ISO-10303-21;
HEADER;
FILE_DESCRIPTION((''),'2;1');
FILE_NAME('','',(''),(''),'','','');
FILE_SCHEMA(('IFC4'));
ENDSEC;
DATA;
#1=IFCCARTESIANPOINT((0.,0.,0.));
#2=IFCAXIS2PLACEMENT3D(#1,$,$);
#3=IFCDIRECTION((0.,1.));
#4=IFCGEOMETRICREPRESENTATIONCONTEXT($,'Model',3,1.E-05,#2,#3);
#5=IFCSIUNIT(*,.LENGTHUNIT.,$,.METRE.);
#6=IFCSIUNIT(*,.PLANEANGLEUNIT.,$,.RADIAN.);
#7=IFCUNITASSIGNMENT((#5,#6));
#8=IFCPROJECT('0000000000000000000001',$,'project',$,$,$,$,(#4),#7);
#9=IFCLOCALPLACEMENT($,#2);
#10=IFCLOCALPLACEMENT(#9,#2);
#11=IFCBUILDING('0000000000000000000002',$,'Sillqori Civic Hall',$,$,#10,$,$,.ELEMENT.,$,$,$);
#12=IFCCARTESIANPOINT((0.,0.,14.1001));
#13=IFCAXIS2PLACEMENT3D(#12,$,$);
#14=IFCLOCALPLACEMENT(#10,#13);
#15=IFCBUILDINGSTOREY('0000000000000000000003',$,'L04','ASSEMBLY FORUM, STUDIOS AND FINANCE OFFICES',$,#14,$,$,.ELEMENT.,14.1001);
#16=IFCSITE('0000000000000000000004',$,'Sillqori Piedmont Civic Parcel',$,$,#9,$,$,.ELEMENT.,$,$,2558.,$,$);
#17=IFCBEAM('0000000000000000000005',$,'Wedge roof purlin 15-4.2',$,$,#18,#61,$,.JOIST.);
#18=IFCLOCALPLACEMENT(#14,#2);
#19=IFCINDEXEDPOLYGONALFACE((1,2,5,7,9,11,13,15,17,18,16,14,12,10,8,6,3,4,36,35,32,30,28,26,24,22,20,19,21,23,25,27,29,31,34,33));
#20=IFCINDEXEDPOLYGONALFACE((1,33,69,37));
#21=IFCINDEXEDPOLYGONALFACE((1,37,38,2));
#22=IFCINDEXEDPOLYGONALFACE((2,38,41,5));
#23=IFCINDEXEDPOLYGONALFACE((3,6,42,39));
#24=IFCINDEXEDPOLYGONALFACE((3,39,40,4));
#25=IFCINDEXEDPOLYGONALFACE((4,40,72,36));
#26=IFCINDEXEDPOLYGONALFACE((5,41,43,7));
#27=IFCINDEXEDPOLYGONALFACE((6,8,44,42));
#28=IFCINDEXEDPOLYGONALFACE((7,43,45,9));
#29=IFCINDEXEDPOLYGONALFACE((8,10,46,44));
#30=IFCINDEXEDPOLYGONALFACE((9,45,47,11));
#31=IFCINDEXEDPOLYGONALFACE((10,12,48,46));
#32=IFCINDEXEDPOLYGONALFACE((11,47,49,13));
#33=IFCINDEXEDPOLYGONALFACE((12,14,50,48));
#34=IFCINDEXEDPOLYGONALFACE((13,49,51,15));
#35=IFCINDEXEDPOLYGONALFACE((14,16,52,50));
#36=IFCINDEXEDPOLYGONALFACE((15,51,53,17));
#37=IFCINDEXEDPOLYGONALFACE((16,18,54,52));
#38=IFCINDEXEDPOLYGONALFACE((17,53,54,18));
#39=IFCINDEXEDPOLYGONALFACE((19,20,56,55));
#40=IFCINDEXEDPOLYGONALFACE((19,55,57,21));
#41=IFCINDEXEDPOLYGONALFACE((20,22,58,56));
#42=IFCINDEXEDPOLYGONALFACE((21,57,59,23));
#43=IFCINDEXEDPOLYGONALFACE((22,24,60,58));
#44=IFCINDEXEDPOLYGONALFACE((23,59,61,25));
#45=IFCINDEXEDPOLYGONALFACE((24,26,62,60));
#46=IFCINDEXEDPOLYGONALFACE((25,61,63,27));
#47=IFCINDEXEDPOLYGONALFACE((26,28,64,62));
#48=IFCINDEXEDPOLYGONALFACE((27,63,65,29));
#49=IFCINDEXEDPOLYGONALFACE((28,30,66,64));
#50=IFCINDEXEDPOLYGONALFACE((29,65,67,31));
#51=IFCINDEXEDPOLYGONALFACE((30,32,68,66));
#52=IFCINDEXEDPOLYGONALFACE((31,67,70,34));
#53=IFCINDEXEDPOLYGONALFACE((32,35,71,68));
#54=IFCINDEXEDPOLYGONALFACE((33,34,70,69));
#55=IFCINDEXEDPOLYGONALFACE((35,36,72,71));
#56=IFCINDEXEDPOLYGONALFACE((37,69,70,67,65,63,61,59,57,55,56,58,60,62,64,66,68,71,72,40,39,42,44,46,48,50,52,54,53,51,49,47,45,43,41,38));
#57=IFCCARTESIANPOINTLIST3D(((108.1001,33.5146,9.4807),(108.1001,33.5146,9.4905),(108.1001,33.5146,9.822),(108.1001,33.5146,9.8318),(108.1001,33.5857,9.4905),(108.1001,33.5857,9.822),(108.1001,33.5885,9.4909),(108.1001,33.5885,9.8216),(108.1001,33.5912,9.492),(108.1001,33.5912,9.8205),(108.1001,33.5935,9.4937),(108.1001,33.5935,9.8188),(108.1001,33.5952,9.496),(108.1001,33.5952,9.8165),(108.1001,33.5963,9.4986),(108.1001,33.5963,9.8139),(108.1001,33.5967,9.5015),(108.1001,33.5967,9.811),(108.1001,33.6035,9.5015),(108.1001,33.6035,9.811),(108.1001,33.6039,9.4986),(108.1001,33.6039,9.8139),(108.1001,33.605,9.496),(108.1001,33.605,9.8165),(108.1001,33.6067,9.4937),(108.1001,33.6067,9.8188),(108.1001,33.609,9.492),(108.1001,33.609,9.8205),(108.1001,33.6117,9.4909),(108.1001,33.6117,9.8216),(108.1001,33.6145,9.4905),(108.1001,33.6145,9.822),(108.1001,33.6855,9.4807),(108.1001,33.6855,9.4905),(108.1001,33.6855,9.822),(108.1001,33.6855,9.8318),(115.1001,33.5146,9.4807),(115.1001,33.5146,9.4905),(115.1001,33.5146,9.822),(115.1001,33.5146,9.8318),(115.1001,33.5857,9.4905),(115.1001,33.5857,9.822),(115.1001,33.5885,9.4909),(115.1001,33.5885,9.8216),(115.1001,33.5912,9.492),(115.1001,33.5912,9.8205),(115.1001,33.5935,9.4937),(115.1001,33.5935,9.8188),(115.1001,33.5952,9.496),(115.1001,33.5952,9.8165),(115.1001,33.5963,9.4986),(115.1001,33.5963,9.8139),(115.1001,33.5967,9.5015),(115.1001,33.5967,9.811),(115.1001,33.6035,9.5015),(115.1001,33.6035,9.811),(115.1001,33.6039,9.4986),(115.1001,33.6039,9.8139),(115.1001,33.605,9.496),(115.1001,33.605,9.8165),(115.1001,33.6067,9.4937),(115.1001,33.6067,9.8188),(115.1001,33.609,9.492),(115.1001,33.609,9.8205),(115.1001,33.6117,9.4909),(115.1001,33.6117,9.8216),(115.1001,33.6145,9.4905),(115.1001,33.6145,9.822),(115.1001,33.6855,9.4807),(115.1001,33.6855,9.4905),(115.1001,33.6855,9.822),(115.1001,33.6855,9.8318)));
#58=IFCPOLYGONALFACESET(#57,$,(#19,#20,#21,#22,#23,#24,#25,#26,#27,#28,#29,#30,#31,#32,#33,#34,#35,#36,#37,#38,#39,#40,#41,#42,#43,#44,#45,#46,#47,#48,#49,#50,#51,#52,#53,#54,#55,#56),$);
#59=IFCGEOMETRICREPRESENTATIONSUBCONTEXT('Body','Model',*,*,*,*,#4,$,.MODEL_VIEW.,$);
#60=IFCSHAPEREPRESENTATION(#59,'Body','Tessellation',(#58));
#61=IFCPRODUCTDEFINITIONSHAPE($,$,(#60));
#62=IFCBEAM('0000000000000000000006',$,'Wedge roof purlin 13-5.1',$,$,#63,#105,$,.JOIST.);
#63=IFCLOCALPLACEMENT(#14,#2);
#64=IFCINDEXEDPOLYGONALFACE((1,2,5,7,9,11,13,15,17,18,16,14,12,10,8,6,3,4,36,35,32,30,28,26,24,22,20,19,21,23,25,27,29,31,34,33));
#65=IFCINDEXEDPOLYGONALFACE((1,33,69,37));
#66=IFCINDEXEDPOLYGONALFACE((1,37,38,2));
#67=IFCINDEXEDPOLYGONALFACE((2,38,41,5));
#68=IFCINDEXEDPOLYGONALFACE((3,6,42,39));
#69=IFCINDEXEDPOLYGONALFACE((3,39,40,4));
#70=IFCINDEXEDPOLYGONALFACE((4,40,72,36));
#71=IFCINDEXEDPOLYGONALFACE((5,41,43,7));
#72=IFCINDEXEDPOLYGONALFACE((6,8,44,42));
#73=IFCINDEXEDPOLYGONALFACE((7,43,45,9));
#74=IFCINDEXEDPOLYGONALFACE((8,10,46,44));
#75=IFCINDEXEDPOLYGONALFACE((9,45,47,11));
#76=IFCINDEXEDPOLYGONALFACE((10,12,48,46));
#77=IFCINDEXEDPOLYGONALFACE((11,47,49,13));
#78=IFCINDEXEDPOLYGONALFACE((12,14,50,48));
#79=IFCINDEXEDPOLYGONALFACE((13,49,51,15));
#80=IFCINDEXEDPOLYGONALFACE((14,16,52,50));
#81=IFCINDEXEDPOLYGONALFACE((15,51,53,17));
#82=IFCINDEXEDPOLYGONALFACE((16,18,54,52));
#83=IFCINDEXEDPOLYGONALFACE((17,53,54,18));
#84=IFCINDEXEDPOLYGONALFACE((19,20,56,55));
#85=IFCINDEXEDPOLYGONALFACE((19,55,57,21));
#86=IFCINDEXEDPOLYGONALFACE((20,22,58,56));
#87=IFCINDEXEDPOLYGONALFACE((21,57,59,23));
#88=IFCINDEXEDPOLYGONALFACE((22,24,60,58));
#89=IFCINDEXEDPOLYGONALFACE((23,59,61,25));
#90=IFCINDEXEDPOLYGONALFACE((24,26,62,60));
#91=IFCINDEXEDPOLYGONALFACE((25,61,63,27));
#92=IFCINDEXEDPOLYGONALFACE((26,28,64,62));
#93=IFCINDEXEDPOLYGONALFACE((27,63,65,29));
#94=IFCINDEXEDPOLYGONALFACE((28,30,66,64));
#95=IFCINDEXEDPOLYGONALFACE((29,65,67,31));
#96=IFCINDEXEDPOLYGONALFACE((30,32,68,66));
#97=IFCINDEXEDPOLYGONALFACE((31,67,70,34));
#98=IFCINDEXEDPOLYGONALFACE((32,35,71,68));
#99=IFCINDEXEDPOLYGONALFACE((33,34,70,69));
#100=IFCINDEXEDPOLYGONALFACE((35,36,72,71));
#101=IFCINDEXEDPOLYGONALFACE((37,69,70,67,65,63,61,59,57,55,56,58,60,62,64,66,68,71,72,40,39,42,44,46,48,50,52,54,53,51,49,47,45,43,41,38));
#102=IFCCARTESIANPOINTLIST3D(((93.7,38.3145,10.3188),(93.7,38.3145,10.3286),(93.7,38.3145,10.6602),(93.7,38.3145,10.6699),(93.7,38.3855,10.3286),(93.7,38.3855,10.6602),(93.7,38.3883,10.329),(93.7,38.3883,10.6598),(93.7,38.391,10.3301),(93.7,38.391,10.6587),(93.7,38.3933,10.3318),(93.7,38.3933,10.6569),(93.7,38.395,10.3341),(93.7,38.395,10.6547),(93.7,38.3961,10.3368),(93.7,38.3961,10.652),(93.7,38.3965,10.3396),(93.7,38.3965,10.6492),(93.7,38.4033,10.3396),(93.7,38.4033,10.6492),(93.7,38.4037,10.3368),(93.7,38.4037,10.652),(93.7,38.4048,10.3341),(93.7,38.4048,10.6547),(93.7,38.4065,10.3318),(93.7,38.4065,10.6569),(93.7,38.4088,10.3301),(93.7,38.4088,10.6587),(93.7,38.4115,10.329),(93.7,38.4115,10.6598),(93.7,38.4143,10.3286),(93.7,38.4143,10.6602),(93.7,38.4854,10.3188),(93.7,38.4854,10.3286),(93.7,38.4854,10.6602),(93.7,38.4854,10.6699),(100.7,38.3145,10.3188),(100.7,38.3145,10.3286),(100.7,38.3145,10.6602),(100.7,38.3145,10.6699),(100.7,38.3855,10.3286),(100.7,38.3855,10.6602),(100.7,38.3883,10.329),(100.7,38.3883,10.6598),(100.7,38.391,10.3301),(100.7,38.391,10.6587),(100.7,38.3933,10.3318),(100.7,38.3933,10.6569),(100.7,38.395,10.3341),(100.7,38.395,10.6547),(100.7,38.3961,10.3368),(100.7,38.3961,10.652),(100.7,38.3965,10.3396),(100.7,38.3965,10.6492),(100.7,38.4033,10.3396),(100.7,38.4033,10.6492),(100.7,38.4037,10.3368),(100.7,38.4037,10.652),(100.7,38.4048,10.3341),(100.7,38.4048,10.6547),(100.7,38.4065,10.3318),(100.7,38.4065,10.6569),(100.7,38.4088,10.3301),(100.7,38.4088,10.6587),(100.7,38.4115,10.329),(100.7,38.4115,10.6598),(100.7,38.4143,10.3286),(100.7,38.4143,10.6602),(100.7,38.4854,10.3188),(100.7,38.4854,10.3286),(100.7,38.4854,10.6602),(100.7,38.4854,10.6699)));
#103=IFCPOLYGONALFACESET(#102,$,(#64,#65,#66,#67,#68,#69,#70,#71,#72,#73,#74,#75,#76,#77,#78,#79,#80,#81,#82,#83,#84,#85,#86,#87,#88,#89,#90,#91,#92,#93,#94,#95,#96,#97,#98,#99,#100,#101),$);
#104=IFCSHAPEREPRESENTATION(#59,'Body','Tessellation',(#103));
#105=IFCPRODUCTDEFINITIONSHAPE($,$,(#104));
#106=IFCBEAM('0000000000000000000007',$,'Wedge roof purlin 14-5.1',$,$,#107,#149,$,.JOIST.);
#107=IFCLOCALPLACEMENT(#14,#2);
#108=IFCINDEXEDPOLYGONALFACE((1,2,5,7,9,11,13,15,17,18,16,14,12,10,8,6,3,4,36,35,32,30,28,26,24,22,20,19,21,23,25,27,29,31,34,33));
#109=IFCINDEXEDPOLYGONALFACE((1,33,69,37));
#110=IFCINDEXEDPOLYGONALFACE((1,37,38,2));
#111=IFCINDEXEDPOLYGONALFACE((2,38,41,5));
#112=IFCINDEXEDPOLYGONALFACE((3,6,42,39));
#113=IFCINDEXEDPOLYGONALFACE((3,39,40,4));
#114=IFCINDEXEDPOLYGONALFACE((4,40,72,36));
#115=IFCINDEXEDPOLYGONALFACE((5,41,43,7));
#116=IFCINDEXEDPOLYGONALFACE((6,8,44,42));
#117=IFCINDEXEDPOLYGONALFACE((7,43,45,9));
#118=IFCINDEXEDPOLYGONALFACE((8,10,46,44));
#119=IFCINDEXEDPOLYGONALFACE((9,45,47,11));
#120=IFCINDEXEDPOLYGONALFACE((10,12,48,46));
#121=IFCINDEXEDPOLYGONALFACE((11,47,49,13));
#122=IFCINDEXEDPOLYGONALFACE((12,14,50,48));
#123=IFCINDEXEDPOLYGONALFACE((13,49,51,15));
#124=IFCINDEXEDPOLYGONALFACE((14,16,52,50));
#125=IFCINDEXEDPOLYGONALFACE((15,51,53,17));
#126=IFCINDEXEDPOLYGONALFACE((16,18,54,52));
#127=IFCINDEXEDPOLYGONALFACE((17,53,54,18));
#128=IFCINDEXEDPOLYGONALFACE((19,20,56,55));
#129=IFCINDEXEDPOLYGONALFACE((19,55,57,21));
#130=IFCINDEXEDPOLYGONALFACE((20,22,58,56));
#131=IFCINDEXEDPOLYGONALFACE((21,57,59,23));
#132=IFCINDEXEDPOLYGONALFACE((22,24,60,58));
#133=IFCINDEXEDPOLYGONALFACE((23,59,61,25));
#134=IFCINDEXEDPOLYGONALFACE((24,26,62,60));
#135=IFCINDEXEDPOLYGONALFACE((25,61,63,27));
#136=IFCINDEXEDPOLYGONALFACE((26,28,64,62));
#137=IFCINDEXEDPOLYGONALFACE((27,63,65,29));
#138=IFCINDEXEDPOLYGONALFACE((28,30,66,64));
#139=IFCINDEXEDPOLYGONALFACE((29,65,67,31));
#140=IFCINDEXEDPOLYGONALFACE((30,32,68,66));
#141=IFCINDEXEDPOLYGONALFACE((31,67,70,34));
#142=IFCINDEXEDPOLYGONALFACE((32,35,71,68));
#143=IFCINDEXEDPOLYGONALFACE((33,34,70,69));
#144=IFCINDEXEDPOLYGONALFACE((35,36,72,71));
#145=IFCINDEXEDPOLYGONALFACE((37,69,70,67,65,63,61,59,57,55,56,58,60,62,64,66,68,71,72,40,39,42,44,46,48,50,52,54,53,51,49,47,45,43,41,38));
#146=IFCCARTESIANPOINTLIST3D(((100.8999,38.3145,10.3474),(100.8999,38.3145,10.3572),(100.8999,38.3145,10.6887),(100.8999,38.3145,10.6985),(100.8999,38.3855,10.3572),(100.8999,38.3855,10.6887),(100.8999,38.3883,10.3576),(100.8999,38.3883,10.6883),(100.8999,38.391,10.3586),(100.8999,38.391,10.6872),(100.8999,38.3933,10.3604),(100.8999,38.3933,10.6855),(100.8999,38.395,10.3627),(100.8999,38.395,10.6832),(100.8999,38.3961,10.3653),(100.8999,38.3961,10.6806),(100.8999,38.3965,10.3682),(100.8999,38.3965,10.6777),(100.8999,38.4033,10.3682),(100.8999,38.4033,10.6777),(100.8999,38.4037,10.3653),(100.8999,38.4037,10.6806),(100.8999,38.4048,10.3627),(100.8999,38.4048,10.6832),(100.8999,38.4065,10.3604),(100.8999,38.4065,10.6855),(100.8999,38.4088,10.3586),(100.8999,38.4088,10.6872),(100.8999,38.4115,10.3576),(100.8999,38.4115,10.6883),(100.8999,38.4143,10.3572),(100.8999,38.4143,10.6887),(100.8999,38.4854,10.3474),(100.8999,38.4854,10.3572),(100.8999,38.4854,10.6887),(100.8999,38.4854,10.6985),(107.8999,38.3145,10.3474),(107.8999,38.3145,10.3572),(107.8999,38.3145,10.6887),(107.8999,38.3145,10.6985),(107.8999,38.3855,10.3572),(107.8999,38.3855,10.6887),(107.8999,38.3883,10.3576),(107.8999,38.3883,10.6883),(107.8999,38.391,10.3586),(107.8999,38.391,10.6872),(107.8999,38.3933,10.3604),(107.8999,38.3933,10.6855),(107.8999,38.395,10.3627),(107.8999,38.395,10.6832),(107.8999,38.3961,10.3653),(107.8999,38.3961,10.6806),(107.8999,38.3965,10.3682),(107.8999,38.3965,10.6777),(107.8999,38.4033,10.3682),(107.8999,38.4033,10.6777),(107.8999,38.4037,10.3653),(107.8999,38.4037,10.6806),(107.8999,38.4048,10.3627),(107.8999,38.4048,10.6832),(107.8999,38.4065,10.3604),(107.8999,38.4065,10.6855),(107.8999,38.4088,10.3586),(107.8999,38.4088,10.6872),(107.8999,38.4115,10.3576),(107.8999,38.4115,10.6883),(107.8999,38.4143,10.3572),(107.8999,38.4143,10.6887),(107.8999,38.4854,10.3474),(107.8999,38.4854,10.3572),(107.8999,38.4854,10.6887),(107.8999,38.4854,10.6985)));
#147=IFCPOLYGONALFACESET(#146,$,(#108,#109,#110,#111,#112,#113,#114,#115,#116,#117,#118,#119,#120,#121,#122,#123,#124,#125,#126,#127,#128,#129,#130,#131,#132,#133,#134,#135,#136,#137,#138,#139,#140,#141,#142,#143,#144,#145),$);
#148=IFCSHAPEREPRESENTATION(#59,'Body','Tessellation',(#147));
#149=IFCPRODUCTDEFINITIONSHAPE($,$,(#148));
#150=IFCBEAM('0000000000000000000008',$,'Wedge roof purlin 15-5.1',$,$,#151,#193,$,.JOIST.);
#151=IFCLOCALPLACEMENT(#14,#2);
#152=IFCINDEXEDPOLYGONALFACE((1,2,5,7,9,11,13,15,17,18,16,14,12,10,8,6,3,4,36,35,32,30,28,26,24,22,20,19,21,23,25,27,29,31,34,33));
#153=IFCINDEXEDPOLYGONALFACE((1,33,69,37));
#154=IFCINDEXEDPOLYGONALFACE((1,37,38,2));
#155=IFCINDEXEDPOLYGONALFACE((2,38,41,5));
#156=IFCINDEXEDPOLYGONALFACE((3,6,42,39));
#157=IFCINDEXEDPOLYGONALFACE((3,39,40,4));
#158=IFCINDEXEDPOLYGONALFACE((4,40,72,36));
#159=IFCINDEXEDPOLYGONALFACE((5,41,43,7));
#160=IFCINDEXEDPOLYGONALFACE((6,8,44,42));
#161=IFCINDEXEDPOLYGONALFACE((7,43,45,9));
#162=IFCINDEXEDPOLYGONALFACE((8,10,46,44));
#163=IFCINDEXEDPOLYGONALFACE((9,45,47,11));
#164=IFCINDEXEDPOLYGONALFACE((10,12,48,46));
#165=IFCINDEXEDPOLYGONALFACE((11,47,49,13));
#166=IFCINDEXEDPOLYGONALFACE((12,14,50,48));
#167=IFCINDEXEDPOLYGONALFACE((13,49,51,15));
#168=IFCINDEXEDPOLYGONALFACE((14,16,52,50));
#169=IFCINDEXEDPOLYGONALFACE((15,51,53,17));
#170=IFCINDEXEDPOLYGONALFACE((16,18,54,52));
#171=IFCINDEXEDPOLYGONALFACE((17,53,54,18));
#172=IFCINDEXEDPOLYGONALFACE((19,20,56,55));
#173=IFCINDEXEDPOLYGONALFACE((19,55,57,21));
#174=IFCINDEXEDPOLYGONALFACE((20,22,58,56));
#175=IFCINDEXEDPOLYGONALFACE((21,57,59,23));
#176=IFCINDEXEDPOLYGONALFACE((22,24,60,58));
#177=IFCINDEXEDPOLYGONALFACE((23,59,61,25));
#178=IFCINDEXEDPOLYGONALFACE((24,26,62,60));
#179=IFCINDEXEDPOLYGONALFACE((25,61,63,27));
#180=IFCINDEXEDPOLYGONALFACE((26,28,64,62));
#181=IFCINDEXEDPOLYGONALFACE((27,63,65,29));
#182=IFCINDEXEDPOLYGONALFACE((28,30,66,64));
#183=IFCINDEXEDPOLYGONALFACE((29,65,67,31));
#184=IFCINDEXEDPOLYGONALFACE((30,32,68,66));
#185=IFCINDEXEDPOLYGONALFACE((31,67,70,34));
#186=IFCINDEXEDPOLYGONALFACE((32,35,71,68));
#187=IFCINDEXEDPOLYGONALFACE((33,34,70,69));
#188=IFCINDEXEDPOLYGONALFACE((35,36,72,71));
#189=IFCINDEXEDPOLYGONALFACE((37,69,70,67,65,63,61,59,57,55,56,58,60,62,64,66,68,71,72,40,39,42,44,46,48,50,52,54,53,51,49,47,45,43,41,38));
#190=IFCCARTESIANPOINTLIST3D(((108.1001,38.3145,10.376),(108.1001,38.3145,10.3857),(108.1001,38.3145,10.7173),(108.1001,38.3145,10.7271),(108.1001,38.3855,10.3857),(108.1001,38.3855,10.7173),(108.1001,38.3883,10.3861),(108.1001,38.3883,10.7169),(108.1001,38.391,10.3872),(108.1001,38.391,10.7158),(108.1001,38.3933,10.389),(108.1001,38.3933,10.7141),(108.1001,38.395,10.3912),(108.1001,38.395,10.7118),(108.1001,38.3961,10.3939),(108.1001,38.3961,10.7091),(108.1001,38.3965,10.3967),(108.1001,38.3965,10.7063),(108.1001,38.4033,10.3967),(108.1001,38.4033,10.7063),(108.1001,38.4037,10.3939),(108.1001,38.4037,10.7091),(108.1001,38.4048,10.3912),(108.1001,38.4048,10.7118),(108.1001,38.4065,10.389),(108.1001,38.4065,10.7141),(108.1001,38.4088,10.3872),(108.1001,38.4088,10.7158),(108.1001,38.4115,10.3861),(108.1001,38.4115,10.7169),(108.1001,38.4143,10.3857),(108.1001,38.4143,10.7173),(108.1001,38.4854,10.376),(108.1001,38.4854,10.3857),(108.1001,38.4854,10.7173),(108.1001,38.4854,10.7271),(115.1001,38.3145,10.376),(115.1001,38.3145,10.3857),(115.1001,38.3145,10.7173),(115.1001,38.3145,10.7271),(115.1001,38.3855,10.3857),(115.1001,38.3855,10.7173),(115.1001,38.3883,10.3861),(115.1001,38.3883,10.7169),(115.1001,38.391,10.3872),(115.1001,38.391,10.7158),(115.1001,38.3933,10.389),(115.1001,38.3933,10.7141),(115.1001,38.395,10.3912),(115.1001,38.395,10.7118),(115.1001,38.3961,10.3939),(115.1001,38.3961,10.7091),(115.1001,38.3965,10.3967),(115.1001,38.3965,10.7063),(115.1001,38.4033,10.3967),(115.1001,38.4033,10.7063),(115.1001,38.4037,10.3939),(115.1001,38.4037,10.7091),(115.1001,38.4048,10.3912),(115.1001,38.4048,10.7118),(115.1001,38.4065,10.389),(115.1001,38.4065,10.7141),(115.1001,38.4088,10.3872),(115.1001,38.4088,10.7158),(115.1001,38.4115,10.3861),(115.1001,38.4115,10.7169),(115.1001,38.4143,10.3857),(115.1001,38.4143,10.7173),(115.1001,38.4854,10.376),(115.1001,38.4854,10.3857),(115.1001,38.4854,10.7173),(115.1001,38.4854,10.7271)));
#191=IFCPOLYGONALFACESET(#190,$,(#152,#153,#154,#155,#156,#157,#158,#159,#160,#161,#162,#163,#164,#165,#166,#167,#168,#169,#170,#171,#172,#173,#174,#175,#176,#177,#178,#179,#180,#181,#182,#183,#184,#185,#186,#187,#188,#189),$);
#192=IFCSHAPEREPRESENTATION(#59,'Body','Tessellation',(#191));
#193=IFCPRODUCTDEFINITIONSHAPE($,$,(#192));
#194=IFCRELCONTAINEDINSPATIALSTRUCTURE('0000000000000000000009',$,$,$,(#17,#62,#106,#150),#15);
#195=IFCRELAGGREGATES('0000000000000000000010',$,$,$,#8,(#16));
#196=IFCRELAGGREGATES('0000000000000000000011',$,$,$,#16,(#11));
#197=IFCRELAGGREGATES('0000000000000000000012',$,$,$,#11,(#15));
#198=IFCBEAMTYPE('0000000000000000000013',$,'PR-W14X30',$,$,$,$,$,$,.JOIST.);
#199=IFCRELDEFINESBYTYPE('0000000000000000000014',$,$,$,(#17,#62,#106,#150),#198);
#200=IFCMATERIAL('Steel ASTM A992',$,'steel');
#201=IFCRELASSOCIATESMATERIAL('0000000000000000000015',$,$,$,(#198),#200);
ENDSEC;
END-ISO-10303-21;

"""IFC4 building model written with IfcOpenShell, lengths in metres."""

from ifc_helpers import new_model, si_unit, direction, frame, origin, origin_2d, place, context, subcontext, project, spatial, i_section, extrude, material, material_profile, profile_set, type_object, element, save


model = new_model("IFC4")

# Units and contexts
model_context = context("Model", 3, precision=1e-05, world=origin(), true_north=direction((0.0, 1.0)))
body_context = subcontext(model_context, "Body", "Model", "MODEL_VIEW")
ifc_project = project(units=[si_unit("LENGTHUNIT", "METRE"), si_unit("PLANEANGLEUNIT", "RADIAN")], contexts=[model_context])

# Site, building, storey
site_placement = place(None, origin())
site = spatial("IfcSite", under=ifc_project, at=site_placement, Name="Sillqori Piedmont Civic Parcel", CompositionType="ELEMENT", RefElevation=2558.0)
building_placement = place(site_placement, origin())
building = spatial("IfcBuilding", under=site, at=building_placement, Name="Sillqori Civic Hall", CompositionType="ELEMENT")
storey_placement = place(building_placement, frame((0.0, 0.0, 14.1001)))
storey = spatial("IfcBuildingStorey", under=building, at=storey_placement, Name="L04", Description="ASSEMBLY FORUM, STUDIOS AND FINANCE OFFICES", CompositionType="ELEMENT", Elevation=14.1001)

# Shared definitions
ifc_material_1 = material(Name="Steel ASTM A992", Category="steel")

# Beams
ifc_material_profile_1 = material_profile(ifc_material_1, i_section(OverallWidth=0.1709, OverallDepth=0.3511, WebThickness=0.0068, FlangeThickness=0.0098, FilletRadius=0.011, at=origin_2d()), Name="W14X30")
ifc_profile_set_1 = profile_set([ifc_material_profile_1], Name="Steel ASTM A992")
beam_type_1 = type_object("IfcBeamType", Name="PR-W14X30", PredefinedType="JOIST", material=ifc_profile_set_1)
for number, where, z_axis, x_axis, name in (
    (1, (108.1001, 33.6001, 9.6562), (1.0, 0.0, 0.0), (0.0, 1.0, 0.0), "Wedge roof purlin 15-4.2"),
    (2, (93.7, 38.3999, 10.4944), (1.0, 0.0, 0.0), (0.0, 1.0, 0.0), "Wedge roof purlin 13-5.1"),
    (3, (100.8999, 38.3999, 10.5229), (1.0, 0.0, 0.0), (0.0, 1.0, 0.0), "Wedge roof purlin 14-5.1"),
    (4, (108.1001, 38.3999, 10.5515), (1.0, 0.0, 0.0), (0.0, 1.0, 0.0), "Wedge roof purlin 15-5.1"),
):
    element("IfcBeam", number, at=place(storey_placement, frame(where, z_axis=z_axis, x_axis=x_axis)), inside=storey, type_object=beam_type_1, Name=name, PredefinedType="JOIST", context=body_context, shape_type="SweptSolid", body=[
        extrude(i_section(OverallWidth=0.1709, OverallDepth=0.3511, WebThickness=0.0068, FlangeThickness=0.0098, FilletRadius=0.011, at=origin_2d()), origin(), (0.0, 0.0, 1.0), 7.0),
    ])

save(model, "model.ifc")
